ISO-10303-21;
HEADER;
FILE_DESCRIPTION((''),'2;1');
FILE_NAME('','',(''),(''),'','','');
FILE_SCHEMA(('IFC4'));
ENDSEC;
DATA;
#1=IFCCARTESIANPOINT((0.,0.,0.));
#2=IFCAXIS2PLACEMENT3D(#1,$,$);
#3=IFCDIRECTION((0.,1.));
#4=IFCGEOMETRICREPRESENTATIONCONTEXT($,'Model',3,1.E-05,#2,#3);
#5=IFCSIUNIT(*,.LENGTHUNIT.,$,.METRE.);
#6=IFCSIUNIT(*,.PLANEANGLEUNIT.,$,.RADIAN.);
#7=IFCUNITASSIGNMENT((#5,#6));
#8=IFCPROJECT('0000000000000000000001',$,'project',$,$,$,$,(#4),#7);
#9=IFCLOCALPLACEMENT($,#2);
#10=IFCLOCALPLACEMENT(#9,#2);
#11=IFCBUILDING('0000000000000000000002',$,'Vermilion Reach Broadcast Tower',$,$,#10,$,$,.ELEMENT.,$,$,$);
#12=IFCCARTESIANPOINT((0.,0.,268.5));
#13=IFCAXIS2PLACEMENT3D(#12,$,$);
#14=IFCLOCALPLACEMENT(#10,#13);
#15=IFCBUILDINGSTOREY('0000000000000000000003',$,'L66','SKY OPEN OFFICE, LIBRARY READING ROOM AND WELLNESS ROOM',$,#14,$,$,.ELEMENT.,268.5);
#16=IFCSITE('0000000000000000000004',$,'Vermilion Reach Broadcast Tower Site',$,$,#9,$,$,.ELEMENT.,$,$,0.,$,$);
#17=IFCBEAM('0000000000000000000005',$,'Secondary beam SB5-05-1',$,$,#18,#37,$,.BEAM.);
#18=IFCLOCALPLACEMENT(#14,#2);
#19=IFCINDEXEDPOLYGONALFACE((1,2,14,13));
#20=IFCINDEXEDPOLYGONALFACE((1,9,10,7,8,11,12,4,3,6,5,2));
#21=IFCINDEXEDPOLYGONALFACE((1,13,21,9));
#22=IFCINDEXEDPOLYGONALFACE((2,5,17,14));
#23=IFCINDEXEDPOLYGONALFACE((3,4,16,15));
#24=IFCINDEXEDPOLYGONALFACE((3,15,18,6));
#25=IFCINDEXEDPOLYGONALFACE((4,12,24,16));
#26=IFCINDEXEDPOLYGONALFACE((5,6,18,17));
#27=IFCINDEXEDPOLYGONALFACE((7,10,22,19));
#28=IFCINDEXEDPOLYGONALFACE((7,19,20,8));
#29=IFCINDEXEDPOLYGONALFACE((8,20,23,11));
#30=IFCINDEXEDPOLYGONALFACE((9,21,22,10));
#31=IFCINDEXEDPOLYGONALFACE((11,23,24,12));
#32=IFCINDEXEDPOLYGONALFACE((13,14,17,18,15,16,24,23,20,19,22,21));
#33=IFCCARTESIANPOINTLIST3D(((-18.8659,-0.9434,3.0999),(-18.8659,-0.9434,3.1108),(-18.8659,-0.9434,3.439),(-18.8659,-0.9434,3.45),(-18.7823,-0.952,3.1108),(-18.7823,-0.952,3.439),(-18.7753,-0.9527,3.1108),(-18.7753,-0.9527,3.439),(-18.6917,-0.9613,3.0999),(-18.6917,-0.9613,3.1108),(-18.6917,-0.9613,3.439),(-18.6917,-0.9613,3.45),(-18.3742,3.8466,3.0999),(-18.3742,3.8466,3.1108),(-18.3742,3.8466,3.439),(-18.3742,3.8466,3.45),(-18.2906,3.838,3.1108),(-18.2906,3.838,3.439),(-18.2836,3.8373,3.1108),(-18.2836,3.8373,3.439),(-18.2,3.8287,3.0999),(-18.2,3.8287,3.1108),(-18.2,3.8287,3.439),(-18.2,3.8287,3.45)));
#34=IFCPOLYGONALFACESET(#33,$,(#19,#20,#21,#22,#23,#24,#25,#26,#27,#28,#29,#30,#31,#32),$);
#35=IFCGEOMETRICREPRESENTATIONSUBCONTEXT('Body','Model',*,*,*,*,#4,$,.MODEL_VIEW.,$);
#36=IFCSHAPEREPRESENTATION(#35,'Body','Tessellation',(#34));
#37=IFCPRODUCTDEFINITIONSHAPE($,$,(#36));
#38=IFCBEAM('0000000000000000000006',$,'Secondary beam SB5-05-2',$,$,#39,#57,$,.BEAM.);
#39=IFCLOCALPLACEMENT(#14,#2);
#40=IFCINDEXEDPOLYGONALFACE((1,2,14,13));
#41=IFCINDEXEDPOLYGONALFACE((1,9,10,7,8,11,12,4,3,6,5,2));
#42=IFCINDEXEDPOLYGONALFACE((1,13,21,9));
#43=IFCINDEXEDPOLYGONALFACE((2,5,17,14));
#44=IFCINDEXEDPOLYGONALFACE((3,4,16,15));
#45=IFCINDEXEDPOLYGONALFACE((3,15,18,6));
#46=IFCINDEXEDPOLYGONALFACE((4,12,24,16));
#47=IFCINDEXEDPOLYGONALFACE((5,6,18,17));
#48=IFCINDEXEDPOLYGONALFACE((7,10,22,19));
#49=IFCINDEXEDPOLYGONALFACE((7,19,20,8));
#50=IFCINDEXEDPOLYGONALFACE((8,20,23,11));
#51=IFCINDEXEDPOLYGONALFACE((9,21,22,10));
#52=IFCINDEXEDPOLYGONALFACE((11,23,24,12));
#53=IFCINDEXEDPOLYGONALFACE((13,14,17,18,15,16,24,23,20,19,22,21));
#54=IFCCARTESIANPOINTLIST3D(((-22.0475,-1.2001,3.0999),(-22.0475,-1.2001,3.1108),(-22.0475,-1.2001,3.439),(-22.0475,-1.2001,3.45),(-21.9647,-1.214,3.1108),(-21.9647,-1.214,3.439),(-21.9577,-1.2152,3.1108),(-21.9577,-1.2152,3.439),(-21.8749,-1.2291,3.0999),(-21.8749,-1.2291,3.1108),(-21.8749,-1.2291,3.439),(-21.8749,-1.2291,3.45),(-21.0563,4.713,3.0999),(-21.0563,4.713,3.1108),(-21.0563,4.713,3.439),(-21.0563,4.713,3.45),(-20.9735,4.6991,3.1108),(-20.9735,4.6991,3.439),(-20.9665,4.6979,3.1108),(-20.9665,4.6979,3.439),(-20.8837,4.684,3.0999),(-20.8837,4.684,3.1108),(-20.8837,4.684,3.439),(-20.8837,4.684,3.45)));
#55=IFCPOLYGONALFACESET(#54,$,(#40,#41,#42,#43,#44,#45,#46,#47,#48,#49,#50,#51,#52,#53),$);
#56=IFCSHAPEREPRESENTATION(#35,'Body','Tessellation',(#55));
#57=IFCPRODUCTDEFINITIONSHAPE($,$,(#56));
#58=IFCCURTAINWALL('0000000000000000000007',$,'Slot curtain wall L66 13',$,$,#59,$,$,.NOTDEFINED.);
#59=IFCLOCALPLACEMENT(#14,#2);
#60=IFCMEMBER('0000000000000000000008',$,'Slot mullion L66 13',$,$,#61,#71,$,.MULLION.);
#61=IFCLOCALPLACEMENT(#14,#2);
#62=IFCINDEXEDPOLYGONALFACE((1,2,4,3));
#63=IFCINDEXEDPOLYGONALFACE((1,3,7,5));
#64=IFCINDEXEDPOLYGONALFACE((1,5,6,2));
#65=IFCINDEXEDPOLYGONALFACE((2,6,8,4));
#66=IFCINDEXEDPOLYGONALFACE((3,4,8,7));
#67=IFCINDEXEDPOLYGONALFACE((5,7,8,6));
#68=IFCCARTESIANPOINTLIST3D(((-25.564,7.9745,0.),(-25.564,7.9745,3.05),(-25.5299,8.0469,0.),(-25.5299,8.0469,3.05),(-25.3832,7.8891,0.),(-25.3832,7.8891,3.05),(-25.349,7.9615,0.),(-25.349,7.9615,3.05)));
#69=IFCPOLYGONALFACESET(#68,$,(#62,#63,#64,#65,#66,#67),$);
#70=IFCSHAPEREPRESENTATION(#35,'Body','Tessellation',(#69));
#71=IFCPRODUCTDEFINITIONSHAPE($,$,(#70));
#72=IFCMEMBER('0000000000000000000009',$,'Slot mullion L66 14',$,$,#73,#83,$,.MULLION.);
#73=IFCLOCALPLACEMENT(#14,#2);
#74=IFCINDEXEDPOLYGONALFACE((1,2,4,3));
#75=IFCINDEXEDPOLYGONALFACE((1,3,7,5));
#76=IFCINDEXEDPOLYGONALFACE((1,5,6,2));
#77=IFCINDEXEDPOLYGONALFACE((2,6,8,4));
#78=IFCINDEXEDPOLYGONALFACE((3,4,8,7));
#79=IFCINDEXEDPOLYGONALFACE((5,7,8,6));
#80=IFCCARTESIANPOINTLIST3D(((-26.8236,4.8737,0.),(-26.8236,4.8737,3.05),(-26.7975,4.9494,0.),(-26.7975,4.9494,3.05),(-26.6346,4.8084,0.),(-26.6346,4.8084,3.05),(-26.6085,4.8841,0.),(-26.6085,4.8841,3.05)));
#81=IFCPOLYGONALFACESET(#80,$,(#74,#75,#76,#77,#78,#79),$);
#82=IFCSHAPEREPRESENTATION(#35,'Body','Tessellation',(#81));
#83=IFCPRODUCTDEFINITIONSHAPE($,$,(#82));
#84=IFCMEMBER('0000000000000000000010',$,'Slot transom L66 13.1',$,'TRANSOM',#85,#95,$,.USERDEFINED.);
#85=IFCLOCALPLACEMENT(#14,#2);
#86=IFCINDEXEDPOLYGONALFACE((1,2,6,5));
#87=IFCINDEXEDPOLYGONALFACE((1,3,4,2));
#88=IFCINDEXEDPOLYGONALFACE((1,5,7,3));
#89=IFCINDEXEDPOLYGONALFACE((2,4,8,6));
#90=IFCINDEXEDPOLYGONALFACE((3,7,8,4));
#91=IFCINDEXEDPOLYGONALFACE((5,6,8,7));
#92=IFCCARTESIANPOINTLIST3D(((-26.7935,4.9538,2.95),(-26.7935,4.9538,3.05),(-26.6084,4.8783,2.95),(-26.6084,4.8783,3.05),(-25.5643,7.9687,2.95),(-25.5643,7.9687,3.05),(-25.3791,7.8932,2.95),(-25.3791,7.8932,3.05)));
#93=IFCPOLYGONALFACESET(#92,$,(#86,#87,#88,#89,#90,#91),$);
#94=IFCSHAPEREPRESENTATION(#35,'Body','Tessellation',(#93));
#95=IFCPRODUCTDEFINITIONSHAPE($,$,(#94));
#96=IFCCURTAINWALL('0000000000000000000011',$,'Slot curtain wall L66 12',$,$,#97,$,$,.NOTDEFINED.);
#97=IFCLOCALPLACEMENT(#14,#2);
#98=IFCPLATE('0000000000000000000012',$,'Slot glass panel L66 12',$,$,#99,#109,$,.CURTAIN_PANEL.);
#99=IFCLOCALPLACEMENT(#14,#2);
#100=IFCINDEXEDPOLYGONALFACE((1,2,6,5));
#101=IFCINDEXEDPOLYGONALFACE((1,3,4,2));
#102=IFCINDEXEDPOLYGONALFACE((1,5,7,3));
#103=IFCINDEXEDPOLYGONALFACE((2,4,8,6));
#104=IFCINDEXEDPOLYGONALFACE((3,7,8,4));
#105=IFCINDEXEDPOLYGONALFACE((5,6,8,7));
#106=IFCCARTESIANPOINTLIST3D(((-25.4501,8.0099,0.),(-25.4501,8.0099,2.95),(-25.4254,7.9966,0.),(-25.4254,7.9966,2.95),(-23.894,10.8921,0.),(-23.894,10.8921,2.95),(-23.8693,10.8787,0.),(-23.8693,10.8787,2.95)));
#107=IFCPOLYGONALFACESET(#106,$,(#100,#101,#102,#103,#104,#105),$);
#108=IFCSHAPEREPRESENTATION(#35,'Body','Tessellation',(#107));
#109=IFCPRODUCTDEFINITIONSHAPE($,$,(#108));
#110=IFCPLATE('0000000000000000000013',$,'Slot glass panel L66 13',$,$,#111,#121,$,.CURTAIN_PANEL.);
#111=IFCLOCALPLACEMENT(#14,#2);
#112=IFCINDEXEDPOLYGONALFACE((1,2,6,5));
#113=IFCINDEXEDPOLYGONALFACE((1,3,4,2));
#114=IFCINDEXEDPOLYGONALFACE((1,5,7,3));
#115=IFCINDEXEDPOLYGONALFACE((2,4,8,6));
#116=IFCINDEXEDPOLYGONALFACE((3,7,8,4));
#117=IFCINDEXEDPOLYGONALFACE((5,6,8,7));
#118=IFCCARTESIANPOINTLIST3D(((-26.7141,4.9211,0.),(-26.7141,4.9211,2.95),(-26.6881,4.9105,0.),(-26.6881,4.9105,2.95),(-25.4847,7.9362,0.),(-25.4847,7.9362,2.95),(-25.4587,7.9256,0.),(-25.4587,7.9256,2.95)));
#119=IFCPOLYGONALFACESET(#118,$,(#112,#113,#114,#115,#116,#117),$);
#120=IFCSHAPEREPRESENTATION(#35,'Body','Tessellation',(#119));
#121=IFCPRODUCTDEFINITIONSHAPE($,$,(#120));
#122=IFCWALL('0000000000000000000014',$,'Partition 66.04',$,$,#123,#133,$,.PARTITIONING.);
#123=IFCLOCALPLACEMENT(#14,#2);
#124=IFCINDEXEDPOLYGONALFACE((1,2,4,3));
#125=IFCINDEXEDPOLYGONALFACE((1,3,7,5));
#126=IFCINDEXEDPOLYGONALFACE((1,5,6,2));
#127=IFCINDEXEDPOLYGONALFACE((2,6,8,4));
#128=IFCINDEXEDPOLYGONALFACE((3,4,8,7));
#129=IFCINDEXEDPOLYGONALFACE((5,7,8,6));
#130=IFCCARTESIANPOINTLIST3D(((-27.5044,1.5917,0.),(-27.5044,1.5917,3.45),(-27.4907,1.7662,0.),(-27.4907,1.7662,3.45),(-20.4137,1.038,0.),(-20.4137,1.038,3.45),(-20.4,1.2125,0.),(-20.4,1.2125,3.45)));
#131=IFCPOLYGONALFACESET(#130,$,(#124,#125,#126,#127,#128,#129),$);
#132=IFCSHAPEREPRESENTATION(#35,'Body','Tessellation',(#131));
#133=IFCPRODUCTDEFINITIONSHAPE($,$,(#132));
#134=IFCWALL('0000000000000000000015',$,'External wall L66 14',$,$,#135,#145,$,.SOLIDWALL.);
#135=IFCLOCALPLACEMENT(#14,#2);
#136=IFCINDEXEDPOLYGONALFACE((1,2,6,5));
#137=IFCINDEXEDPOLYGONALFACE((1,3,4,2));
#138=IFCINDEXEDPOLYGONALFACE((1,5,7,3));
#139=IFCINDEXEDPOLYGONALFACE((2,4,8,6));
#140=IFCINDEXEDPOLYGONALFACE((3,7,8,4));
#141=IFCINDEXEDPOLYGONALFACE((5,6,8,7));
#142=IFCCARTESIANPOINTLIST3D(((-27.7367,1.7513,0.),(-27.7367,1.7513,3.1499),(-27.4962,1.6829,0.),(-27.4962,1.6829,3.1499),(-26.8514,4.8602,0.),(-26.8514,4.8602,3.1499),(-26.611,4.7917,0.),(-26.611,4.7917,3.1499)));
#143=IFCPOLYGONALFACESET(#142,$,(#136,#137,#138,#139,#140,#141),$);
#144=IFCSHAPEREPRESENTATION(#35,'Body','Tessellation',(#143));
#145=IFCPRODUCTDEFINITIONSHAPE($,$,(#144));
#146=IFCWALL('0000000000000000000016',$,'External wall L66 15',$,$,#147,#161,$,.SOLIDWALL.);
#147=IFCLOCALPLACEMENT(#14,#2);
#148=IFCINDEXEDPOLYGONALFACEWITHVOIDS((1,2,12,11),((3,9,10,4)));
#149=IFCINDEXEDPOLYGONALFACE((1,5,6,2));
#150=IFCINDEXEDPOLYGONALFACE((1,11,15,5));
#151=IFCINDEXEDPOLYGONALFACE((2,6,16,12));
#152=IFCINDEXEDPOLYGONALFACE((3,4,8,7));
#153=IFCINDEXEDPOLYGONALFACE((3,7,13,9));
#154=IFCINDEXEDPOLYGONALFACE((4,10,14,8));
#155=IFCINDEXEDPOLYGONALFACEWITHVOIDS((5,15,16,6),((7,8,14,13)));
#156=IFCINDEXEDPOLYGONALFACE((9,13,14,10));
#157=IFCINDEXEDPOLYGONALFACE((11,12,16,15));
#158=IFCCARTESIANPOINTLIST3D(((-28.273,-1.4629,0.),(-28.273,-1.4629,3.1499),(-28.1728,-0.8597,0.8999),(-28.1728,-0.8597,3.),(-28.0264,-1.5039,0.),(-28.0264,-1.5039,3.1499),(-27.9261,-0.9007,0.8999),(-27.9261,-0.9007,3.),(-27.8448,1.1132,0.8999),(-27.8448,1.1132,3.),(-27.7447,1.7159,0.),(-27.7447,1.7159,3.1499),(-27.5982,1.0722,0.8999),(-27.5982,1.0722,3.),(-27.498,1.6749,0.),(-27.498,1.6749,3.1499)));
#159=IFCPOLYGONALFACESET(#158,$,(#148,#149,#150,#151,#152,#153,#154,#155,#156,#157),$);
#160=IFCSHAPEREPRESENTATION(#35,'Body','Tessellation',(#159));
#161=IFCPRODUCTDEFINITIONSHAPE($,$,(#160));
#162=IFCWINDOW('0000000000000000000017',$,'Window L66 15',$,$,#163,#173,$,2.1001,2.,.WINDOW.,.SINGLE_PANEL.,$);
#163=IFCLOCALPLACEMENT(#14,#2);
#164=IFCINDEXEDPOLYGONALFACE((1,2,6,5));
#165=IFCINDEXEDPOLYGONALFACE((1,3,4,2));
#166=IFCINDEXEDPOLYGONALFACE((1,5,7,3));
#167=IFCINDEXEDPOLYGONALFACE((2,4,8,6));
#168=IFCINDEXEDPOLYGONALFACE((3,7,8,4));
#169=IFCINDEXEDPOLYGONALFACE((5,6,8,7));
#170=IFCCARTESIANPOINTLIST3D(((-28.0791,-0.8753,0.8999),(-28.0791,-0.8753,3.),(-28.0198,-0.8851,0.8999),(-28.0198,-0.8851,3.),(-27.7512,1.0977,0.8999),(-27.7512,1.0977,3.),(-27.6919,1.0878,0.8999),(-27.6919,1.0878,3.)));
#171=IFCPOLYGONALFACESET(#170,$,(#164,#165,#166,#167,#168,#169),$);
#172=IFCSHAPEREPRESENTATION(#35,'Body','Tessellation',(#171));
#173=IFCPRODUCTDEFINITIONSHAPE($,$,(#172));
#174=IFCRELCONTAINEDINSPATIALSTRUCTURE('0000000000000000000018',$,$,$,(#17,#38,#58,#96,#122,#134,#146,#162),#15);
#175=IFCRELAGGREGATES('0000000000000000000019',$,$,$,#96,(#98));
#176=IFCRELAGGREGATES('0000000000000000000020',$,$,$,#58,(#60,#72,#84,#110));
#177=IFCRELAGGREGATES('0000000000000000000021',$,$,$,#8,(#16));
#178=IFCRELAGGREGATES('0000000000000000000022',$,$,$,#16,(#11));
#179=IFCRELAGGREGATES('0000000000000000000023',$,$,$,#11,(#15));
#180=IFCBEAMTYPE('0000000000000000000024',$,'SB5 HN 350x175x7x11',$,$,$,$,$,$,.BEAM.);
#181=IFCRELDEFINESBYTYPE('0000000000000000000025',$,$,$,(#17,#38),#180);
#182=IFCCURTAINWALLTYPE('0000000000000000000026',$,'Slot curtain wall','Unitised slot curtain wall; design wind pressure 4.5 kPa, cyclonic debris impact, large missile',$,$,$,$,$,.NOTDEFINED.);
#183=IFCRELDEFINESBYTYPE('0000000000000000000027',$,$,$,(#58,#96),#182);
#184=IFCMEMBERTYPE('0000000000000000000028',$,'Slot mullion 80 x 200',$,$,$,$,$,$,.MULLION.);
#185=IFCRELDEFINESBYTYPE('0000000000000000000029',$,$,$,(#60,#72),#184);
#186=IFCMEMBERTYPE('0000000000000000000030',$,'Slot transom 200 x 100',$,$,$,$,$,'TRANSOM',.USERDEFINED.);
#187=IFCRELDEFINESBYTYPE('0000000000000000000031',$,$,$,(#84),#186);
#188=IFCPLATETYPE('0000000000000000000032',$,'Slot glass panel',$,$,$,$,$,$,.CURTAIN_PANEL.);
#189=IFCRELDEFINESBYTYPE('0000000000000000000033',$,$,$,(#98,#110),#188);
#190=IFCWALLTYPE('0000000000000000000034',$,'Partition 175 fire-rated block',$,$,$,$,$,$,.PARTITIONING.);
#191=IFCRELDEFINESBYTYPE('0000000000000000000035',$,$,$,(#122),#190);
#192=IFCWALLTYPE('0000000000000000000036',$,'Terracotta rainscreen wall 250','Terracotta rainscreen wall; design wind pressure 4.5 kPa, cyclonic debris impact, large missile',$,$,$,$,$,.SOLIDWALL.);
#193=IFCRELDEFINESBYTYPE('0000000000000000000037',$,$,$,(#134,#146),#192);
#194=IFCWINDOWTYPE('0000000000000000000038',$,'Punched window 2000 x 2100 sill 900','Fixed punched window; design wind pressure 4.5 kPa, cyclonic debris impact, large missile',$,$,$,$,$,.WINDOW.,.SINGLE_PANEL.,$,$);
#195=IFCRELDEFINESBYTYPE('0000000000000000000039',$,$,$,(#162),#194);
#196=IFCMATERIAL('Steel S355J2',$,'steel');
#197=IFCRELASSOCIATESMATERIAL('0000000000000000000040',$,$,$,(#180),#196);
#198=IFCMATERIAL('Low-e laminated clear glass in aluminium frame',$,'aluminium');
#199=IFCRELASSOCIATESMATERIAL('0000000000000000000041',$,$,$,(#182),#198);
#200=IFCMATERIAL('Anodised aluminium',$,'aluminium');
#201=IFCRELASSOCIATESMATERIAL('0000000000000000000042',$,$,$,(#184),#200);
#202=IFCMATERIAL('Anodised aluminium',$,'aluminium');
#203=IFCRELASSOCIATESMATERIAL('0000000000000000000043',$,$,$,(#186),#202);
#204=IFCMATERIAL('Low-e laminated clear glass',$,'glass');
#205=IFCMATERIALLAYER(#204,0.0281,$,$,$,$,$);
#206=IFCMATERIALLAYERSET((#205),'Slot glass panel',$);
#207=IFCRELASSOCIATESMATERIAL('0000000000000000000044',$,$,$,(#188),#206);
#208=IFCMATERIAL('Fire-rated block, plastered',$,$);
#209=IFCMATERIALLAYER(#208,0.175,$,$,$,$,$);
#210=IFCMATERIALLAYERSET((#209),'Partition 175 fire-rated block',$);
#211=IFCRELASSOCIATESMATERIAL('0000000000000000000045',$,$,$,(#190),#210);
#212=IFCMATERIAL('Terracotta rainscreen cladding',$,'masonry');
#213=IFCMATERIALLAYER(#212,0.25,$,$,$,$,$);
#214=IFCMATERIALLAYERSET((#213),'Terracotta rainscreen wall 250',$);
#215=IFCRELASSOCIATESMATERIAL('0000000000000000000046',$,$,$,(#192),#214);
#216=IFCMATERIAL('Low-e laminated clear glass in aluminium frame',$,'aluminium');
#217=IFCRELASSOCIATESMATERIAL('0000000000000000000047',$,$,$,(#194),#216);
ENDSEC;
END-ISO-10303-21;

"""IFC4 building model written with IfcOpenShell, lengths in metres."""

from ifc_helpers import new_model, si_unit, direction, frame, frame_2d, origin, origin_2d, place, context, subcontext, project, spatial, rectangle, i_section, extrude, material, layer, layer_set, material_profile, profile_set, type_object, element, fill, aggregate, save


model = new_model("IFC4")

# Units and contexts
model_context = context("Model", 3, precision=1e-05, world=origin(), true_north=direction((0.0, 1.0)))
body_context = subcontext(model_context, "Body", "Model", "MODEL_VIEW")
ifc_project = project(units=[si_unit("LENGTHUNIT", "METRE"), si_unit("PLANEANGLEUNIT", "RADIAN")], contexts=[model_context])

# Site, building, storey
site_placement = place(None, origin())
site = spatial("IfcSite", under=ifc_project, at=site_placement, Name="Vermilion Reach Broadcast Tower Site", CompositionType="ELEMENT", RefElevation=0.0)
building_placement = place(site_placement, origin())
building = spatial("IfcBuilding", under=site, at=building_placement, Name="Vermilion Reach Broadcast Tower", CompositionType="ELEMENT")
storey_placement = place(building_placement, frame((0.0, 0.0, 268.5)))
storey = spatial("IfcBuildingStorey", under=building, at=storey_placement, Name="L66", Description="SKY OPEN OFFICE, LIBRARY READING ROOM AND WELLNESS ROOM", CompositionType="ELEMENT", Elevation=268.5)

# Beams
ifc_material_1 = material(Name="Steel S355J2", Category="steel")
ifc_material_profile_1 = material_profile(ifc_material_1, i_section(OverallWidth=0.175, OverallDepth=0.3501, WebThickness=0.0071, FlangeThickness=0.011, at=origin_2d()), Name="S355J2 HN 350x175x7x11")
ifc_profile_set_1 = profile_set([ifc_material_profile_1], Name="Steel S355J2")
beam_type_1 = type_object("IfcBeamType", Name="SB5 HN 350x175x7x11", PredefinedType="BEAM", material=ifc_profile_set_1)
beam_1_placement = place(storey_placement, frame((-18.2871, 3.8376, 3.2749), z_axis=(-0.102114, -0.994773, 0.0), x_axis=(0.994773, -0.102114, 0.0)))
element("IfcBeam", 1, at=beam_1_placement, inside=storey, type_object=beam_type_1, Name="Secondary beam SB5-05-1", PredefinedType="BEAM", context=body_context, shape_type="SweptSolid", body=[
    extrude(i_section(OverallWidth=0.175, OverallDepth=0.3501, WebThickness=0.0071, FlangeThickness=0.011, at=origin_2d()), origin(), (0.0, 0.0, 1.0), 4.8152),
])
beam_2_placement = place(storey_placement, frame((-20.97, 4.6985, 3.2749), z_axis=(-0.165323, -0.986239, 0.0), x_axis=(0.986239, -0.165323, 0.0)))
element("IfcBeam", 2, at=beam_2_placement, inside=storey, type_object=beam_type_1, Name="Secondary beam SB5-05-2", PredefinedType="BEAM", context=body_context, shape_type="SweptSolid", body=[
    extrude(i_section(OverallWidth=0.175, OverallDepth=0.3501, WebThickness=0.0071, FlangeThickness=0.011, at=origin_2d()), origin(), (0.0, 0.0, 1.0), 5.9956),
])

# Curtain wall, members
ifc_material_2 = material(Name="Low-e laminated clear glass in aluminium frame", Category="aluminium")
curtain_wall_type = type_object("IfcCurtainWallType", Name="Slot curtain wall", Description="Unitised slot curtain wall; design wind pressure 4.5 kPa, cyclonic debris impact, large missile", PredefinedType="NOTDEFINED", material=ifc_material_2)
placement = place(storey_placement, origin())
curtain_wall_1 = element("IfcCurtainWall", 3, at=placement, inside=storey, type_object=curtain_wall_type, Name="Slot curtain wall L66 13", PredefinedType="NOTDEFINED")
ifc_material_3 = material(Name="Anodised aluminium", Category="aluminium")
ifc_material_profile_2 = material_profile(ifc_material_3, rectangle(XDim=0.2, YDim=0.0801, at=origin_2d()), Name="Slot mullion 80 x 200")
ifc_profile_set_2 = profile_set([ifc_material_profile_2], Name="Anodised aluminium")
member_type_1 = type_object("IfcMemberType", Name="Slot mullion 80 x 200", PredefinedType="MULLION", material=ifc_profile_set_2)
member_1_placement = place(storey_placement, frame((-25.4565, 7.968, 0.0), z_axis=(0.0, 0.0, 1.0), x_axis=(0.904276, -0.426949, 0.0)))
member_1 = element("IfcMember", 4, at=member_1_placement, type_object=member_type_1, Name="Slot mullion L66 13", PredefinedType="MULLION", context=body_context, shape_type="SweptSolid", body=[
    extrude(rectangle(XDim=0.2, YDim=0.0801, at=origin_2d()), origin(), (0.0, 0.0, 1.0), 3.05),
])
member_2_placement = place(storey_placement, frame((-26.7161, 4.8789, 0.0), z_axis=(0.0, 0.0, 1.0), x_axis=(0.945297, -0.326212, 0.0)))
member_2 = element("IfcMember", 5, at=member_2_placement, type_object=member_type_1, Name="Slot mullion L66 14", PredefinedType="MULLION", context=body_context, shape_type="SweptSolid", body=[
    extrude(rectangle(XDim=0.2, YDim=0.0801, at=origin_2d()), origin(), (0.0, 0.0, 1.0), 3.05),
])
ifc_material_4 = material(Name="Anodised aluminium", Category="aluminium")
ifc_material_profile_3 = material_profile(ifc_material_4, rectangle(XDim=0.2, YDim=0.1001, at=origin_2d()), Name="Slot transom 200 x 100")
ifc_profile_set_3 = profile_set([ifc_material_profile_3], Name="Anodised aluminium")
member_type_2 = type_object("IfcMemberType", Name="Slot transom 200 x 100", ElementType="TRANSOM", PredefinedType="USERDEFINED", material=ifc_profile_set_3)
member_3_placement = place(storey_placement, frame((-25.4717, 7.9309, 3.0), z_axis=(-0.377549, -0.925989, 0.0), x_axis=(0.925989, -0.377549, 0.0)))
member_3 = element("IfcMember", 6, at=member_3_placement, type_object=member_type_2, Name="Slot transom L66 13.1", ObjectType="TRANSOM", PredefinedType="USERDEFINED", context=body_context, shape_type="SweptSolid", body=[
    extrude(rectangle(XDim=0.2, YDim=0.1001, at=origin_2d()), origin(), (0.0, 0.0, 1.0), 3.2559),
])

# Curtain wall, plate
curtain_wall_2 = element("IfcCurtainWall", 7, at=placement, inside=storey, type_object=curtain_wall_type, Name="Slot curtain wall L66 12", PredefinedType="NOTDEFINED")
ifc_material_5 = material(Name="Low-e laminated clear glass", Category="glass")
ifc_layer_1 = layer(ifc_material_5, 0.0281)
ifc_layer_set_1 = layer_set([ifc_layer_1], Name="Slot glass panel")
plate_type = type_object("IfcPlateType", Name="Slot glass panel", PredefinedType="CURTAIN_PANEL", material=ifc_layer_set_1)
plate_1_placement = place(storey_placement, frame((-24.6597, 9.4443, 0.0), z_axis=(0.0, 0.0, 1.0), x_axis=(-0.475097, -0.879933, 0.0)))
plate_1 = element("IfcPlate", 8, at=plate_1_placement, type_object=plate_type, Name="Slot glass panel L66 12", PredefinedType="CURTAIN_PANEL", context=body_context, shape_type="SweptSolid", body=[
    extrude(rectangle(XDim=3.2754, YDim=0.0281, at=origin_2d()), origin(), (0.0, 0.0, 1.0), 2.95),
])
aggregate(curtain_wall_2, [plate_1])

# Plate
plate_2_placement = place(storey_placement, frame((-26.0864, 6.4233, 0.0), z_axis=(0.0, 0.0, 1.0), x_axis=(-0.377557, -0.925986, 0.0)))
plate_2 = element("IfcPlate", 9, at=plate_2_placement, type_object=plate_type, Name="Slot glass panel L66 13", PredefinedType="CURTAIN_PANEL", context=body_context, shape_type="SweptSolid", body=[
    extrude(rectangle(XDim=3.2561, YDim=0.0281, at=origin_2d()), origin(), (0.0, 0.0, 1.0), 2.95),
])
aggregate(curtain_wall_1, [member_1, member_2, member_3, plate_2])

# Walls
ifc_material_6 = material(Name="Fire-rated block, plastered")
ifc_layer_2 = layer(ifc_material_6, 0.175)
ifc_layer_set_2 = layer_set([ifc_layer_2], Name="Partition 175 fire-rated block")
wall_type_1 = type_object("IfcWallType", Name="Partition 175 fire-rated block", PredefinedType="PARTITIONING", material=ifc_layer_set_2)
wall_1_placement = place(storey_placement, frame((-27.4976, 1.679, 0.0), z_axis=(0.0, 0.0, 1.0), x_axis=(0.996965, -0.077851, 0.0)))
element("IfcWall", 10, at=wall_1_placement, inside=storey, type_object=wall_type_1, Name="Partition 66.04", PredefinedType="PARTITIONING", context=body_context, shape_type="SweptSolid", body=[
    extrude(rectangle(XDim=7.1123, YDim=0.175, at=frame_2d((3.5562, 0.0))), origin(), (0.0, 0.0, 1.0), 3.45),
])
ifc_material_7 = material(Name="Terracotta rainscreen cladding", Category="masonry")
ifc_layer_3 = layer(ifc_material_7, 0.25)
ifc_layer_set_3 = layer_set([ifc_layer_3], Name="Terracotta rainscreen wall 250")
wall_type_2 = type_object("IfcWallType", Name="Terracotta rainscreen wall 250", Description="Terracotta rainscreen wall; design wind pressure 4.5 kPa, cyclonic debris impact, large missile", PredefinedType="SOLIDWALL", material=ifc_layer_set_3)
wall_2_placement = place(storey_placement, frame((-26.7312, 4.8259, 0.0), z_axis=(0.0, 0.0, 1.0), x_axis=(-0.273863, -0.961769, 0.0)))
element("IfcWall", 11, at=wall_2_placement, inside=storey, type_object=wall_type_2, Name="External wall L66 14", PredefinedType="SOLIDWALL", context=body_context, shape_type="SweptSolid", body=[
    extrude(rectangle(XDim=3.2324, YDim=0.25, at=frame_2d((1.6162, 0.0))), origin(), (0.0, 0.0, 1.0), 3.1499),
])

# Wall, opening, window
wall_3_placement = place(storey_placement, frame((-27.6213, 1.6956, 0.0), z_axis=(0.0, 0.0, 1.0), x_axis=(-0.163957, -0.986468, 0.0)))
wall_3 = element("IfcWall", 12, at=wall_3_placement, inside=storey, type_object=wall_type_2, Name="External wall L66 15", PredefinedType="SOLIDWALL", context=body_context, shape_type="SweptSolid", body=[
    extrude(rectangle(XDim=3.2224, YDim=0.25, at=frame_2d((1.6113, 0.0))), origin(), (0.0, 0.0, 1.0), 3.1499),
])
opening_placement = place(wall_3_placement, frame((0.6111, 0.0, 0.8999)))
opening = element("IfcOpeningElement", 13, at=opening_placement, cuts=wall_3, PredefinedType="OPENING", context=body_context, shape_type="SweptSolid", body=[
    extrude(rectangle(XDim=2.0, YDim=2.1001, at=frame_2d((1.0, 1.05))), frame((0.0, 0.135, 0.0), z_axis=(0.0, -1.0, 0.0), x_axis=(1.0, 0.0, 0.0)), (0.0, 0.0, 1.0), 0.27),
])
ifc_material_8 = material(Name="Low-e laminated clear glass in aluminium frame", Category="aluminium")
window_type = type_object("IfcWindowType", Name="Punched window 2000 x 2100 sill 900", Description="Fixed punched window; design wind pressure 4.5 kPa, cyclonic debris impact, large missile", PartitioningType="SINGLE_PANEL", PredefinedType="WINDOW", material=ifc_material_8)
window_placement = place(opening_placement, origin())
window = element("IfcWindow", 14, at=window_placement, inside=storey, type_object=window_type, Name="Window L66 15", OverallHeight=2.1001, OverallWidth=2.0, PartitioningType="SINGLE_PANEL", PredefinedType="WINDOW", context=body_context, shape_type="SweptSolid", body=[
    extrude(rectangle(XDim=2.0, YDim=2.1001, at=frame_2d((1.0, 1.05))), frame((0.0, 0.03, 0.0), z_axis=(0.0, -1.0, 0.0), x_axis=(1.0, 0.0, 0.0)), (0.0, 0.0, 1.0), 0.0601),
])
fill(opening, window)

save(model, "model.ifc")
